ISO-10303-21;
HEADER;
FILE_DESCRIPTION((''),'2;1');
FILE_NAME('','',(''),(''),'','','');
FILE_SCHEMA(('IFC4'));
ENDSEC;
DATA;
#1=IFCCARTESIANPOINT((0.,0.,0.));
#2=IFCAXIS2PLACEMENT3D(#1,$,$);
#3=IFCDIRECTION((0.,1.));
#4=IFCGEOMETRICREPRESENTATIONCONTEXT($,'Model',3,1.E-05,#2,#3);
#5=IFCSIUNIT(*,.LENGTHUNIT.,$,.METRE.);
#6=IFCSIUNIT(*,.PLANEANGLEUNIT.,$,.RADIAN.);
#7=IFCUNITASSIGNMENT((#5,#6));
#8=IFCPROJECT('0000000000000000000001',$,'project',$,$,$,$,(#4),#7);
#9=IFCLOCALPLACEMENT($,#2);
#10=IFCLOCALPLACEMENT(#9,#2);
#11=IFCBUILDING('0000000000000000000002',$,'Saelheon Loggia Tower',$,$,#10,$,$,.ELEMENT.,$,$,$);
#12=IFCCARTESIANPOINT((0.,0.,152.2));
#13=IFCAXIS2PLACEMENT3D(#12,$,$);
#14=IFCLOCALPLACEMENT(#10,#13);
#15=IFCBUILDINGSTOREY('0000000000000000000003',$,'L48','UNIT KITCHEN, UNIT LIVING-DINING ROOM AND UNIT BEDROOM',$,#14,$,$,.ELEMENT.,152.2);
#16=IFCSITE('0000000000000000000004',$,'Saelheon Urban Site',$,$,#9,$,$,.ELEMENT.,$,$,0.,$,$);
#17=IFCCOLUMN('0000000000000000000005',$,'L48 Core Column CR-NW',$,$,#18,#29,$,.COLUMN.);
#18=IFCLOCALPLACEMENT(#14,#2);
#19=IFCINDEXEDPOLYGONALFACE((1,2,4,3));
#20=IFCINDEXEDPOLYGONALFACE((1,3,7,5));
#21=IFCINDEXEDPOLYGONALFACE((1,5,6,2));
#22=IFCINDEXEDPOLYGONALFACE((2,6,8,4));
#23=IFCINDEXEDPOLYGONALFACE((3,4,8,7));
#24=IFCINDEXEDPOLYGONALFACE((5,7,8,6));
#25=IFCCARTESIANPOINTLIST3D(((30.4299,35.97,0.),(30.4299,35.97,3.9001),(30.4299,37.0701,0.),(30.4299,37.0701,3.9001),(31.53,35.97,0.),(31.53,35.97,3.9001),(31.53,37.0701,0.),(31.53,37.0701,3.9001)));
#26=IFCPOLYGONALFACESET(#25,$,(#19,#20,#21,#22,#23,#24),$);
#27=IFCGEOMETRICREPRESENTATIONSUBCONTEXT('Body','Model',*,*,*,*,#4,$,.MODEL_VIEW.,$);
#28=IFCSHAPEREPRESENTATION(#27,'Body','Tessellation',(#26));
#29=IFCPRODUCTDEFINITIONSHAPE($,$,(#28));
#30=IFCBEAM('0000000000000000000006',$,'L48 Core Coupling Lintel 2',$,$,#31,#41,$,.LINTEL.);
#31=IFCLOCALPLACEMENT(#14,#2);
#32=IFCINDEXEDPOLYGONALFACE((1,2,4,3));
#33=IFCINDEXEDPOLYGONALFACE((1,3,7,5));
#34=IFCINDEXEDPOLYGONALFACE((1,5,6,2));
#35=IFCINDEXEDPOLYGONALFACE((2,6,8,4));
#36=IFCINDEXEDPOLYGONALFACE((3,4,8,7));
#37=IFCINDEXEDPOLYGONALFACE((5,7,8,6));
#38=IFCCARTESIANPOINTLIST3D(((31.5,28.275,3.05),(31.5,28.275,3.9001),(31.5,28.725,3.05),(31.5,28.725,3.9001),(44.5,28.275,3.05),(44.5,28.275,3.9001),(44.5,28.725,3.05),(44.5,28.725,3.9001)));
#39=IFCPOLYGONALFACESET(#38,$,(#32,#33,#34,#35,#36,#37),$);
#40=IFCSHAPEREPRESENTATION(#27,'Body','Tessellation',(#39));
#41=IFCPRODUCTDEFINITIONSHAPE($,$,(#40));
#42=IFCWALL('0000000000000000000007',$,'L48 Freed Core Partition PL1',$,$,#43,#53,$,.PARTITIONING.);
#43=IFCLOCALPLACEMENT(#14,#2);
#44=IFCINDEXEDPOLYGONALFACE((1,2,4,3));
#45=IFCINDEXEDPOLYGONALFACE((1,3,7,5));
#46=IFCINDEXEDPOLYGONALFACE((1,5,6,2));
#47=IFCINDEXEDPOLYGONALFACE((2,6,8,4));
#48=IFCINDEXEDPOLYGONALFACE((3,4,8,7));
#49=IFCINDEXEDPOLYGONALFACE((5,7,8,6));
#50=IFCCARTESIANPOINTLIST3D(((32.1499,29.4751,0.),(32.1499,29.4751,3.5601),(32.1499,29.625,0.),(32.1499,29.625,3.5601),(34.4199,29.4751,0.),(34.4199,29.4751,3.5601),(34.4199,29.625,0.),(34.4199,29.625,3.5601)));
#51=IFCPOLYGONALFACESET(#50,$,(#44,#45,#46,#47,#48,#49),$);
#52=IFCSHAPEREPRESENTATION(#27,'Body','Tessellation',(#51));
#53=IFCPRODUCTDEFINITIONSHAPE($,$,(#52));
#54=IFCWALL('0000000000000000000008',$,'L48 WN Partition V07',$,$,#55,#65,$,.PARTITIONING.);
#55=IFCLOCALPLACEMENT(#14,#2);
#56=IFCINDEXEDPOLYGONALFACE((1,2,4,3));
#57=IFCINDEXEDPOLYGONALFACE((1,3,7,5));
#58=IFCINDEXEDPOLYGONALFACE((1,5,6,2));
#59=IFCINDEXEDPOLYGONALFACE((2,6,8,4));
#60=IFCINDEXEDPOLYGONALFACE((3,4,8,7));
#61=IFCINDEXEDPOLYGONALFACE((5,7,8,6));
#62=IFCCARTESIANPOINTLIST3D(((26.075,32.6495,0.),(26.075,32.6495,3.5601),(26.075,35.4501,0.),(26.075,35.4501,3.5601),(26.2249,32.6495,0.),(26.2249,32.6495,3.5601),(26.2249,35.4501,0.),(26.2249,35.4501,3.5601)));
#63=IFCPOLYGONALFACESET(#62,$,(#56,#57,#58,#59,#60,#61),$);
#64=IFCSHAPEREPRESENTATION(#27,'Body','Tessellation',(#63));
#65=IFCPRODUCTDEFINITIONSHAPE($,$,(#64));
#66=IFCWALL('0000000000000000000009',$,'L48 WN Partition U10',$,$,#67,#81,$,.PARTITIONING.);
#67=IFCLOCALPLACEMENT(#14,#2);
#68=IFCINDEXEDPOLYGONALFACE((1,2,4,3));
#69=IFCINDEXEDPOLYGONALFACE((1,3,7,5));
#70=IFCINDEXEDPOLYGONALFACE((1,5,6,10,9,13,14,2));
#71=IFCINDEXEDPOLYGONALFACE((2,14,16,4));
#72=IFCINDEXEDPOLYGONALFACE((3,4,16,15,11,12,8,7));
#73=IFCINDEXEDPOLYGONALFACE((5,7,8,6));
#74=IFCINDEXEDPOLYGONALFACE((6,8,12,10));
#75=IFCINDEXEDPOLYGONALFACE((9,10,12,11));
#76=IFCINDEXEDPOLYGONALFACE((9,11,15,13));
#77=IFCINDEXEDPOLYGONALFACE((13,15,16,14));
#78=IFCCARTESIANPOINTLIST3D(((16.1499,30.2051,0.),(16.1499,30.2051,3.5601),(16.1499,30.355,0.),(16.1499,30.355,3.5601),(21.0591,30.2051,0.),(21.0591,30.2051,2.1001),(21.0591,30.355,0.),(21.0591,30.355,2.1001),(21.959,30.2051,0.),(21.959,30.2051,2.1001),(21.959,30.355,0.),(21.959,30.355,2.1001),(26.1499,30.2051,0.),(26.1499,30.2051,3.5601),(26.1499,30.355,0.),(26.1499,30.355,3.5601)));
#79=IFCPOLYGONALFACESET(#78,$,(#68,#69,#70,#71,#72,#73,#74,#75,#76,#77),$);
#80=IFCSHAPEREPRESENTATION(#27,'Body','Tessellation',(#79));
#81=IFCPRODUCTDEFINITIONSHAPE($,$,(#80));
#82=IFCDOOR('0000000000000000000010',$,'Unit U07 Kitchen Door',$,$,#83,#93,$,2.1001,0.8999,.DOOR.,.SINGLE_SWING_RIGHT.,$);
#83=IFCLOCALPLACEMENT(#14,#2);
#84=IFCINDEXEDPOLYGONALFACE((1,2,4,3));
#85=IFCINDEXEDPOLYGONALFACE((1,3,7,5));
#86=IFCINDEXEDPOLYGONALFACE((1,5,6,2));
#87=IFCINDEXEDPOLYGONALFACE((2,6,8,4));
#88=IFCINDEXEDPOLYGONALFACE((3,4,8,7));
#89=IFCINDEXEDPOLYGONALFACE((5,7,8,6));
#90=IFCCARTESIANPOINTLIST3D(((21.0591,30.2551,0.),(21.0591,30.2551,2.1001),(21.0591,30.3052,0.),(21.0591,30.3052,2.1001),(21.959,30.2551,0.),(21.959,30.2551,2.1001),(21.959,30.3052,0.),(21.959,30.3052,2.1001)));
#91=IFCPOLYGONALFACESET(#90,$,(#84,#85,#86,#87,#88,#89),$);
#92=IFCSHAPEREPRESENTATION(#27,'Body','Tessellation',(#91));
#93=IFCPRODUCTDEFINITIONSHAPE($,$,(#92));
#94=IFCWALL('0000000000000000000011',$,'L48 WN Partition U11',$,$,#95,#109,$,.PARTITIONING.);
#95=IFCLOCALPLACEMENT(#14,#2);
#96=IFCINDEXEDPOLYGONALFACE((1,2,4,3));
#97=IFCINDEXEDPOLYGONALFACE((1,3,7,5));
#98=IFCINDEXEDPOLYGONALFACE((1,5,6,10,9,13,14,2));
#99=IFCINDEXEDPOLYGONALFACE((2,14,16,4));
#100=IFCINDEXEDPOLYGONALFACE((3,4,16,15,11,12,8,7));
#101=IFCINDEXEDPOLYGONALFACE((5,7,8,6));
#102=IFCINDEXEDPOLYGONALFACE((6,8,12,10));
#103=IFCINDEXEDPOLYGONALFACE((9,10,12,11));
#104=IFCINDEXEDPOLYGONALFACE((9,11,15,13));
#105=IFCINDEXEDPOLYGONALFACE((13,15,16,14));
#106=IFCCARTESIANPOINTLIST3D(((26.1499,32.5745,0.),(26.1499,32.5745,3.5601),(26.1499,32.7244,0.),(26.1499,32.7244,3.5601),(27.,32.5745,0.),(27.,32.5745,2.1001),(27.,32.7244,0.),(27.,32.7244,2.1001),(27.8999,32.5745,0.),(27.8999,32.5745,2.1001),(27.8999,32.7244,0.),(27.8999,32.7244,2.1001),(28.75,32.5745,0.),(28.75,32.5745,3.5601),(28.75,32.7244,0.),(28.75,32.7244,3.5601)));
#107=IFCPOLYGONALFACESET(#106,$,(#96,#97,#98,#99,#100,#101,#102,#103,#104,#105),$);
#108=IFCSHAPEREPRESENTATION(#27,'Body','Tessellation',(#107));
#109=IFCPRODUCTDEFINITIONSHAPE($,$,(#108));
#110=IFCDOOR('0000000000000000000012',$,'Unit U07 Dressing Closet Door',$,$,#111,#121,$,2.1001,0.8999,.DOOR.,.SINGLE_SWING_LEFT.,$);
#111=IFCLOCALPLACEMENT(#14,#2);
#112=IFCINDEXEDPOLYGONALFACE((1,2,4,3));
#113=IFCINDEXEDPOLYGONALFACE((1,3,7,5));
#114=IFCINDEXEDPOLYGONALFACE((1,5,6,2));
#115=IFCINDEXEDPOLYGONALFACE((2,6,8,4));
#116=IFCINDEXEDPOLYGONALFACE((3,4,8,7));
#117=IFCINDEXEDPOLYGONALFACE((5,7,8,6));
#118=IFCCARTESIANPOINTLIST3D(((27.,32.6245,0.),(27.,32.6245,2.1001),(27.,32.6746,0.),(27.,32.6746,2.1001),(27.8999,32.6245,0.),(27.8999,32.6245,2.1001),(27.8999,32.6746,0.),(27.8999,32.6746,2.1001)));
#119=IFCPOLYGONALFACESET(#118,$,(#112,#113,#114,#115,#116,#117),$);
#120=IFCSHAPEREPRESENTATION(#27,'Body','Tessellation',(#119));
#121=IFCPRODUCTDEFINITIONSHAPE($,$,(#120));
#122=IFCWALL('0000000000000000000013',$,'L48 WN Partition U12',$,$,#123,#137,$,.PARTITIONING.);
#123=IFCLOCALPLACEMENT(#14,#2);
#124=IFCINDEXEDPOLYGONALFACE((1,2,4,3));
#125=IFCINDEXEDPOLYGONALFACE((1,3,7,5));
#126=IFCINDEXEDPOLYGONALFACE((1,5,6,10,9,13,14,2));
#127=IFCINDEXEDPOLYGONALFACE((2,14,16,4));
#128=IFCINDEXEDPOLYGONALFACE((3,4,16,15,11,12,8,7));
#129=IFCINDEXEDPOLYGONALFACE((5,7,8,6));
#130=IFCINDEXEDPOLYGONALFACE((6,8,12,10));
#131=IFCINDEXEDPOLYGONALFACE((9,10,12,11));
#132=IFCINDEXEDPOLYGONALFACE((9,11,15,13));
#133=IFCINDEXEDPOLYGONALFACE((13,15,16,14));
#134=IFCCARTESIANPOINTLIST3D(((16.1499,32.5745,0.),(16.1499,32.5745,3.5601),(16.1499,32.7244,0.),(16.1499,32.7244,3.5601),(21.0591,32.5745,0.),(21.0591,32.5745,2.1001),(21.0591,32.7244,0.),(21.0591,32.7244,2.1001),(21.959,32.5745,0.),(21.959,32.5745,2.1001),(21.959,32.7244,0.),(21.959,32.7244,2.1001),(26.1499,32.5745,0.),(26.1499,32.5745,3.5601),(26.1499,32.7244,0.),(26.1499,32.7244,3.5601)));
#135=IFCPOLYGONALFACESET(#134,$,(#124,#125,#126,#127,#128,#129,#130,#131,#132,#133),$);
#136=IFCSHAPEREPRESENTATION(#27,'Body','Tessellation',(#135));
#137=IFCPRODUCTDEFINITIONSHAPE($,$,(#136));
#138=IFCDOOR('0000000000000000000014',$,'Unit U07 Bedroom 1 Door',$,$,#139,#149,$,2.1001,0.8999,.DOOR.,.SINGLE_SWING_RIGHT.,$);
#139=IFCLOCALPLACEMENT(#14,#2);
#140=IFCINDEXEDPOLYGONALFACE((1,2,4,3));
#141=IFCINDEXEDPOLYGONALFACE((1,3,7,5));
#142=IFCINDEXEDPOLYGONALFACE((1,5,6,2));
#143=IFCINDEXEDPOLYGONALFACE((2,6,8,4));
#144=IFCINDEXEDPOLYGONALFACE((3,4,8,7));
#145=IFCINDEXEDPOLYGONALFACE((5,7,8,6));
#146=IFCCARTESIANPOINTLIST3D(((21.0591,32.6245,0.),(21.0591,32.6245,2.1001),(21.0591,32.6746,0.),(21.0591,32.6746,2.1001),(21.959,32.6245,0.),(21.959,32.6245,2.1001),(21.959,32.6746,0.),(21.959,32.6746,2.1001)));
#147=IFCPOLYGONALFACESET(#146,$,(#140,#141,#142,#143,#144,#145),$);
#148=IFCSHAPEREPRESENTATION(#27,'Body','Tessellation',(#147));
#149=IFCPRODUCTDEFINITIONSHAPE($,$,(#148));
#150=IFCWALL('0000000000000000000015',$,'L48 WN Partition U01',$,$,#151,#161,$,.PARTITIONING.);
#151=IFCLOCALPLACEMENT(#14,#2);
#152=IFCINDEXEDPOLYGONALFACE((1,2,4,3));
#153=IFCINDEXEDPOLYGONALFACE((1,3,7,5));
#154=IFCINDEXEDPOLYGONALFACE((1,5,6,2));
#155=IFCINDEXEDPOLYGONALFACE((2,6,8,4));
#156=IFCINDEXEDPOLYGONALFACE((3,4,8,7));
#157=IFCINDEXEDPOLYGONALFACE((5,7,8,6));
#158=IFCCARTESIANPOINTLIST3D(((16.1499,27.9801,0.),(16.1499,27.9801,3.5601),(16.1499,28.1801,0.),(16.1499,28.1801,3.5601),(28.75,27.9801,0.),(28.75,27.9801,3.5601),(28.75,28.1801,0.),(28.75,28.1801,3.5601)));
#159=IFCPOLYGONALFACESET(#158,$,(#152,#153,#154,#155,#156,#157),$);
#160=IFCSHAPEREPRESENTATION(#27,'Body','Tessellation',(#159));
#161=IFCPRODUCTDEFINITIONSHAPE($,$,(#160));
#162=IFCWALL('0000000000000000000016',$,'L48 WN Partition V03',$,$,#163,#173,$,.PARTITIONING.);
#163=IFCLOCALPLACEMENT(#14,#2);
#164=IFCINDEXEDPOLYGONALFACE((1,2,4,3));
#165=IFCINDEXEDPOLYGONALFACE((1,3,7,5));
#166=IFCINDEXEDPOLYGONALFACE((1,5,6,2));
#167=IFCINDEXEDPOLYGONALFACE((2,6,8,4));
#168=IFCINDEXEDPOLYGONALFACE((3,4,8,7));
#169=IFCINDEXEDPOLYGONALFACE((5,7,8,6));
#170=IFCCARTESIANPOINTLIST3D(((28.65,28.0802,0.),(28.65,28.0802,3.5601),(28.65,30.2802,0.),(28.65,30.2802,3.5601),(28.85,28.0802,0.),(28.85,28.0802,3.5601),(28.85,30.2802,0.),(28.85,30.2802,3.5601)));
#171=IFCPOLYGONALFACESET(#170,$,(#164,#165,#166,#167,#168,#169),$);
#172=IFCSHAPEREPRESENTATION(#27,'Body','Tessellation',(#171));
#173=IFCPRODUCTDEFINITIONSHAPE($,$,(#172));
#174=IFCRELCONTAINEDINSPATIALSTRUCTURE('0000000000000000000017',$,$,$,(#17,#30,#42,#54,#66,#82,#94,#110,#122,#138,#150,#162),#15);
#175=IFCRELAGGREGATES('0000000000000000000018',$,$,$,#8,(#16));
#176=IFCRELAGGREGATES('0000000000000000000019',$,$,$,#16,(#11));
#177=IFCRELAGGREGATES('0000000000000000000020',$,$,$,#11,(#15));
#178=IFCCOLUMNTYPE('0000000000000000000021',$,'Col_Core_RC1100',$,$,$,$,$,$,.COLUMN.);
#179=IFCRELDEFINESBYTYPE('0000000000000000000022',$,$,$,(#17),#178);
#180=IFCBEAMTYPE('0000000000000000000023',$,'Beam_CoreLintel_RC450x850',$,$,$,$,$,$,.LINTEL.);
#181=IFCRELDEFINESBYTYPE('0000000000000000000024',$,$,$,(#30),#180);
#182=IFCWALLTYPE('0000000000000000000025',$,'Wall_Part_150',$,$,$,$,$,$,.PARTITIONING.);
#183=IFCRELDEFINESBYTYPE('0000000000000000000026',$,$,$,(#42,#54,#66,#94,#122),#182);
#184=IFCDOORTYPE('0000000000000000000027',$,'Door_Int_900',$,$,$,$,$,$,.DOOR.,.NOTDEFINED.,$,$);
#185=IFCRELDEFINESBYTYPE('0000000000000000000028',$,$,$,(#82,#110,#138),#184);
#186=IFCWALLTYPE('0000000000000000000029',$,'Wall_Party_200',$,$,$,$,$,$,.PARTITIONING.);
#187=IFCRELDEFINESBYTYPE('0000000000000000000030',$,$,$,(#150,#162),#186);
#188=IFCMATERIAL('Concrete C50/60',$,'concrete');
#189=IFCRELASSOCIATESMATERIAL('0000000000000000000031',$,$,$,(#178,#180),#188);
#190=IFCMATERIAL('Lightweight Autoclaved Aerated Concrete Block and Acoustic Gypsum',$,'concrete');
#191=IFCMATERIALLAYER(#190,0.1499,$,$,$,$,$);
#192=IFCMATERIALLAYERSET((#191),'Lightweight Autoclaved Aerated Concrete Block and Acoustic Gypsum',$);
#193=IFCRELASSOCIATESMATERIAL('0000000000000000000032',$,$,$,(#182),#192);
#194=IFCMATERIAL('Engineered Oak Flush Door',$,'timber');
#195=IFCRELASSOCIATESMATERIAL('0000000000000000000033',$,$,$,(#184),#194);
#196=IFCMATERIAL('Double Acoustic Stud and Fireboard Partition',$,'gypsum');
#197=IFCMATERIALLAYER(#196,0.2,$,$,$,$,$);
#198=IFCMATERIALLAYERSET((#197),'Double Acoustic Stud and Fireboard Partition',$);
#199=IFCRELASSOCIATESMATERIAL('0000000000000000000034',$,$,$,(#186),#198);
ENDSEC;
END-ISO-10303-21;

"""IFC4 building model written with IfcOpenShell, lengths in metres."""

from ifc_helpers import new_model, si_unit, direction, frame, frame_2d, origin, origin_2d, place, context, subcontext, project, spatial, rectangle, extrude, source, transform, mapped, material, layer, layer_set, material_profile, profile_set, type_object, element, fill, save


model = new_model("IFC4")

# Units and contexts
model_context = context("Model", 3, precision=1e-05, world=origin(), true_north=direction((0.0, 1.0)))
body_context = subcontext(model_context, "Body", "Model", "MODEL_VIEW")
ifc_project = project(units=[si_unit("LENGTHUNIT", "METRE"), si_unit("PLANEANGLEUNIT", "RADIAN")], contexts=[model_context])

# Site, building, storey
site_placement = place(None, origin())
site = spatial("IfcSite", under=ifc_project, at=site_placement, Name="Saelheon Urban Site", CompositionType="ELEMENT", RefElevation=0.0)
building_placement = place(site_placement, origin())
building = spatial("IfcBuilding", under=site, at=building_placement, Name="Saelheon Loggia Tower", CompositionType="ELEMENT")
storey_placement = place(building_placement, frame((0.0, 0.0, 152.2)))
storey = spatial("IfcBuildingStorey", under=building, at=storey_placement, Name="L48", Description="UNIT KITCHEN, UNIT LIVING-DINING ROOM AND UNIT BEDROOM", CompositionType="ELEMENT", Elevation=152.2)

# Column
ifc_material_1 = material(Name="Concrete C50/60", Category="concrete")
ifc_material_profile_1 = material_profile(ifc_material_1, rectangle(XDim=1.1001, YDim=1.1001, at=origin_2d()), Name="RC-1100x1100")
ifc_profile_set_1 = profile_set([ifc_material_profile_1], Name="Concrete C50/60")
column_type = type_object("IfcColumnType", Name="Col_Core_RC1100", PredefinedType="COLUMN", material=ifc_profile_set_1)
shared_shape_1 = source(origin(), body_context, "Body", "SweptSolid", [
    extrude(rectangle(XDim=1.1001, YDim=1.1001, at=origin_2d()), origin(), (0.0, 0.0, 1.0), 3.9001),
])
column_placement = place(storey_placement, frame((30.98, 36.52, 0.0), z_axis=(0.0, 0.0, 1.0), x_axis=(1.0, 0.0, 0.0)))
element("IfcColumn", 1, at=column_placement, inside=storey, type_object=column_type, Name="L48 Core Column CR-NW", PredefinedType="COLUMN", context=body_context, shape_type="MappedRepresentation", body=[
    mapped(shared_shape_1, transform((0.0, 0.0, 0.0), scale=1.0)),
])

# Beam
ifc_material_profile_2 = material_profile(ifc_material_1, rectangle(XDim=0.45, YDim=0.8501, at=origin_2d()), Name="RC-450x850")
ifc_profile_set_2 = profile_set([ifc_material_profile_2], Name="Concrete C50/60")
beam_type = type_object("IfcBeamType", Name="Beam_CoreLintel_RC450x850", PredefinedType="LINTEL", material=ifc_profile_set_2)
shared_shape_2 = source(origin(), body_context, "Body", "SweptSolid", [
    extrude(rectangle(XDim=0.45, YDim=0.8501, at=origin_2d()), origin(), (0.0, 0.0, 1.0), 13.0),
])
beam_placement = place(storey_placement, frame((31.5, 28.5, 3.4751), z_axis=(1.0, 0.0, 0.0), x_axis=(0.0, 1.0, 0.0)))
element("IfcBeam", 2, at=beam_placement, inside=storey, type_object=beam_type, Name="L48 Core Coupling Lintel 2", PredefinedType="LINTEL", context=body_context, shape_type="MappedRepresentation", body=[
    mapped(shared_shape_2, transform((0.0, 0.0, 0.0), scale=1.0)),
])

# Walls
ifc_material_2 = material(Name="Lightweight Autoclaved Aerated Concrete Block and Acoustic Gypsum", Category="concrete")
ifc_layer_1 = layer(ifc_material_2, 0.1499)
ifc_layer_set_1 = layer_set([ifc_layer_1], Name="Lightweight Autoclaved Aerated Concrete Block and Acoustic Gypsum")
wall_type_1 = type_object("IfcWallType", Name="Wall_Part_150", PredefinedType="PARTITIONING", material=ifc_layer_set_1)
wall_1_placement = place(storey_placement, frame((32.1499, 29.55, 0.0), z_axis=(0.0, 0.0, 1.0), x_axis=(1.0, 0.0, 0.0)))
element("IfcWall", 3, at=wall_1_placement, inside=storey, type_object=wall_type_1, Name="L48 Freed Core Partition PL1", PredefinedType="PARTITIONING", context=body_context, shape_type="SweptSolid", body=[
    extrude(rectangle(XDim=2.27, YDim=0.1499, at=frame_2d((1.135, 0.0))), origin(), (0.0, 0.0, 1.0), 3.5601),
])
wall_2_placement = place(storey_placement, frame((26.1499, 32.6494, 0.0), z_axis=(0.0, 0.0, 1.0), x_axis=(0.0, 1.0, 0.0)))
element("IfcWall", 4, at=wall_2_placement, inside=storey, type_object=wall_type_1, Name="L48 WN Partition V07", PredefinedType="PARTITIONING", context=body_context, shape_type="SweptSolid", body=[
    extrude(rectangle(XDim=2.8005, YDim=0.1499, at=frame_2d((1.4004, 0.0))), origin(), (0.0, 0.0, 1.0), 3.5601),
])

# Walls, openings, doors
wall_3_placement = place(storey_placement, frame((26.1499, 30.28, 0.0), z_axis=(0.0, 0.0, 1.0), x_axis=(-1.0, 0.0, 0.0)))
wall_3 = element("IfcWall", 5, at=wall_3_placement, inside=storey, type_object=wall_type_1, Name="L48 WN Partition U10", PredefinedType="PARTITIONING", context=body_context, shape_type="SweptSolid", body=[
    extrude(rectangle(XDim=10.0, YDim=0.1499, at=frame_2d((5.0, 0.0))), origin(), (0.0, 0.0, 1.0), 3.5601),
])
opening_1_placement = place(wall_3_placement, frame((4.1909, 0.0, 0.0)))
opening_1 = element("IfcOpeningElement", 6, at=opening_1_placement, cuts=wall_3, PredefinedType="OPENING", context=body_context, shape_type="SweptSolid", body=[
    extrude(rectangle(XDim=0.8999, YDim=2.1001, at=frame_2d((0.45, 1.05))), frame((0.0, 0.0869, 0.0), z_axis=(0.0, -1.0, 0.0), x_axis=(1.0, 0.0, 0.0)), (0.0, 0.0, 1.0), 0.1738),
])
ifc_material_3 = material(Name="Engineered Oak Flush Door", Category="timber")
door_type_1 = type_object("IfcDoorType", Name="Door_Int_900", OperationType="NOTDEFINED", PredefinedType="DOOR", material=ifc_material_3)
shared_shape_3 = source(origin(), body_context, "Body", "SweptSolid", [
    extrude(rectangle(XDim=0.8999, YDim=2.1001, at=frame_2d((0.45, 1.05))), frame((0.0, 0.0249, 0.0), z_axis=(0.0, -1.0, 0.0), x_axis=(1.0, 0.0, 0.0)), (0.0, 0.0, 1.0), 0.05),
])
door_1_placement = place(opening_1_placement, origin())
door_1 = element("IfcDoor", 7, at=door_1_placement, inside=storey, type_object=door_type_1, Name="Unit U07 Kitchen Door", OperationType="SINGLE_SWING_RIGHT", OverallHeight=2.1001, OverallWidth=0.8999, PredefinedType="DOOR", context=body_context, shape_type="MappedRepresentation", body=[
    mapped(shared_shape_3, transform((0.0, 0.0, 0.0), scale=1.0)),
])
fill(opening_1, door_1)
wall_4_placement = place(storey_placement, frame((28.75, 32.6494, 0.0), z_axis=(0.0, 0.0, 1.0), x_axis=(-1.0, 0.0, 0.0)))
wall_4 = element("IfcWall", 8, at=wall_4_placement, inside=storey, type_object=wall_type_1, Name="L48 WN Partition U11", PredefinedType="PARTITIONING", context=body_context, shape_type="SweptSolid", body=[
    extrude(rectangle(XDim=2.6001, YDim=0.1499, at=frame_2d((1.3, 0.0))), origin(), (0.0, 0.0, 1.0), 3.5601),
])
opening_2_placement = place(wall_4_placement, frame((0.8501, 0.0, 0.0)))
opening_2 = element("IfcOpeningElement", 9, at=opening_2_placement, cuts=wall_4, PredefinedType="OPENING", context=body_context, shape_type="SweptSolid", body=[
    extrude(rectangle(XDim=0.8999, YDim=2.1001, at=frame_2d((0.45, 1.05))), frame((0.0, 0.0869, 0.0), z_axis=(0.0, -1.0, 0.0), x_axis=(1.0, 0.0, 0.0)), (0.0, 0.0, 1.0), 0.1738),
])
door_2_placement = place(opening_2_placement, origin())
door_2 = element("IfcDoor", 10, at=door_2_placement, inside=storey, type_object=door_type_1, Name="Unit U07 Dressing Closet Door", OperationType="SINGLE_SWING_LEFT", OverallHeight=2.1001, OverallWidth=0.8999, PredefinedType="DOOR", context=body_context, shape_type="MappedRepresentation", body=[
    mapped(shared_shape_3, transform((0.0, 0.0, 0.0), scale=1.0)),
])
fill(opening_2, door_2)
wall_5_placement = place(storey_placement, frame((26.1499, 32.6494, 0.0), z_axis=(0.0, 0.0, 1.0), x_axis=(-1.0, 0.0, 0.0)))
wall_5 = element("IfcWall", 11, at=wall_5_placement, inside=storey, type_object=wall_type_1, Name="L48 WN Partition U12", PredefinedType="PARTITIONING", context=body_context, shape_type="SweptSolid", body=[
    extrude(rectangle(XDim=10.0, YDim=0.1499, at=frame_2d((5.0, 0.0))), origin(), (0.0, 0.0, 1.0), 3.5601),
])
opening_3_placement = place(wall_5_placement, frame((4.1909, 0.0, 0.0)))
opening_3 = element("IfcOpeningElement", 12, at=opening_3_placement, cuts=wall_5, PredefinedType="OPENING", context=body_context, shape_type="SweptSolid", body=[
    extrude(rectangle(XDim=0.8999, YDim=2.1001, at=frame_2d((0.45, 1.05))), frame((0.0, 0.0869, 0.0), z_axis=(0.0, -1.0, 0.0), x_axis=(1.0, 0.0, 0.0)), (0.0, 0.0, 1.0), 0.1738),
])
door_3_placement = place(opening_3_placement, origin())
door_3 = element("IfcDoor", 13, at=door_3_placement, inside=storey, type_object=door_type_1, Name="Unit U07 Bedroom 1 Door", OperationType="SINGLE_SWING_RIGHT", OverallHeight=2.1001, OverallWidth=0.8999, PredefinedType="DOOR", context=body_context, shape_type="MappedRepresentation", body=[
    mapped(shared_shape_3, transform((0.0, 0.0, 0.0), scale=1.0)),
])
fill(opening_3, door_3)

# Walls
ifc_material_4 = material(Name="Double Acoustic Stud and Fireboard Partition", Category="gypsum")
ifc_layer_2 = layer(ifc_material_4, 0.2)
ifc_layer_set_2 = layer_set([ifc_layer_2], Name="Double Acoustic Stud and Fireboard Partition")
wall_type_2 = type_object("IfcWallType", Name="Wall_Party_200", PredefinedType="PARTITIONING", material=ifc_layer_set_2)
wall_6_placement = place(storey_placement, frame((28.75, 28.0801, 0.0), z_axis=(0.0, 0.0, 1.0), x_axis=(-1.0, 0.0, 0.0)))
element("IfcWall", 14, at=wall_6_placement, inside=storey, type_object=wall_type_2, Name="L48 WN Partition U01", PredefinedType="PARTITIONING", context=body_context, shape_type="SweptSolid", body=[
    extrude(rectangle(XDim=12.6001, YDim=0.2, at=frame_2d((6.3, 0.0))), origin(), (0.0, 0.0, 1.0), 3.5601),
])
wall_7_placement = place(storey_placement, frame((28.75, 28.0801, 0.0), z_axis=(0.0, 0.0, 1.0), x_axis=(0.0, 1.0, 0.0)))
element("IfcWall", 15, at=wall_7_placement, inside=storey, type_object=wall_type_2, Name="L48 WN Partition V03", PredefinedType="PARTITIONING", context=body_context, shape_type="SweptSolid", body=[
    extrude(rectangle(XDim=2.2, YDim=0.2, at=frame_2d((1.1001, 0.0))), origin(), (0.0, 0.0, 1.0), 3.5601),
])

save(model, "model.ifc")
